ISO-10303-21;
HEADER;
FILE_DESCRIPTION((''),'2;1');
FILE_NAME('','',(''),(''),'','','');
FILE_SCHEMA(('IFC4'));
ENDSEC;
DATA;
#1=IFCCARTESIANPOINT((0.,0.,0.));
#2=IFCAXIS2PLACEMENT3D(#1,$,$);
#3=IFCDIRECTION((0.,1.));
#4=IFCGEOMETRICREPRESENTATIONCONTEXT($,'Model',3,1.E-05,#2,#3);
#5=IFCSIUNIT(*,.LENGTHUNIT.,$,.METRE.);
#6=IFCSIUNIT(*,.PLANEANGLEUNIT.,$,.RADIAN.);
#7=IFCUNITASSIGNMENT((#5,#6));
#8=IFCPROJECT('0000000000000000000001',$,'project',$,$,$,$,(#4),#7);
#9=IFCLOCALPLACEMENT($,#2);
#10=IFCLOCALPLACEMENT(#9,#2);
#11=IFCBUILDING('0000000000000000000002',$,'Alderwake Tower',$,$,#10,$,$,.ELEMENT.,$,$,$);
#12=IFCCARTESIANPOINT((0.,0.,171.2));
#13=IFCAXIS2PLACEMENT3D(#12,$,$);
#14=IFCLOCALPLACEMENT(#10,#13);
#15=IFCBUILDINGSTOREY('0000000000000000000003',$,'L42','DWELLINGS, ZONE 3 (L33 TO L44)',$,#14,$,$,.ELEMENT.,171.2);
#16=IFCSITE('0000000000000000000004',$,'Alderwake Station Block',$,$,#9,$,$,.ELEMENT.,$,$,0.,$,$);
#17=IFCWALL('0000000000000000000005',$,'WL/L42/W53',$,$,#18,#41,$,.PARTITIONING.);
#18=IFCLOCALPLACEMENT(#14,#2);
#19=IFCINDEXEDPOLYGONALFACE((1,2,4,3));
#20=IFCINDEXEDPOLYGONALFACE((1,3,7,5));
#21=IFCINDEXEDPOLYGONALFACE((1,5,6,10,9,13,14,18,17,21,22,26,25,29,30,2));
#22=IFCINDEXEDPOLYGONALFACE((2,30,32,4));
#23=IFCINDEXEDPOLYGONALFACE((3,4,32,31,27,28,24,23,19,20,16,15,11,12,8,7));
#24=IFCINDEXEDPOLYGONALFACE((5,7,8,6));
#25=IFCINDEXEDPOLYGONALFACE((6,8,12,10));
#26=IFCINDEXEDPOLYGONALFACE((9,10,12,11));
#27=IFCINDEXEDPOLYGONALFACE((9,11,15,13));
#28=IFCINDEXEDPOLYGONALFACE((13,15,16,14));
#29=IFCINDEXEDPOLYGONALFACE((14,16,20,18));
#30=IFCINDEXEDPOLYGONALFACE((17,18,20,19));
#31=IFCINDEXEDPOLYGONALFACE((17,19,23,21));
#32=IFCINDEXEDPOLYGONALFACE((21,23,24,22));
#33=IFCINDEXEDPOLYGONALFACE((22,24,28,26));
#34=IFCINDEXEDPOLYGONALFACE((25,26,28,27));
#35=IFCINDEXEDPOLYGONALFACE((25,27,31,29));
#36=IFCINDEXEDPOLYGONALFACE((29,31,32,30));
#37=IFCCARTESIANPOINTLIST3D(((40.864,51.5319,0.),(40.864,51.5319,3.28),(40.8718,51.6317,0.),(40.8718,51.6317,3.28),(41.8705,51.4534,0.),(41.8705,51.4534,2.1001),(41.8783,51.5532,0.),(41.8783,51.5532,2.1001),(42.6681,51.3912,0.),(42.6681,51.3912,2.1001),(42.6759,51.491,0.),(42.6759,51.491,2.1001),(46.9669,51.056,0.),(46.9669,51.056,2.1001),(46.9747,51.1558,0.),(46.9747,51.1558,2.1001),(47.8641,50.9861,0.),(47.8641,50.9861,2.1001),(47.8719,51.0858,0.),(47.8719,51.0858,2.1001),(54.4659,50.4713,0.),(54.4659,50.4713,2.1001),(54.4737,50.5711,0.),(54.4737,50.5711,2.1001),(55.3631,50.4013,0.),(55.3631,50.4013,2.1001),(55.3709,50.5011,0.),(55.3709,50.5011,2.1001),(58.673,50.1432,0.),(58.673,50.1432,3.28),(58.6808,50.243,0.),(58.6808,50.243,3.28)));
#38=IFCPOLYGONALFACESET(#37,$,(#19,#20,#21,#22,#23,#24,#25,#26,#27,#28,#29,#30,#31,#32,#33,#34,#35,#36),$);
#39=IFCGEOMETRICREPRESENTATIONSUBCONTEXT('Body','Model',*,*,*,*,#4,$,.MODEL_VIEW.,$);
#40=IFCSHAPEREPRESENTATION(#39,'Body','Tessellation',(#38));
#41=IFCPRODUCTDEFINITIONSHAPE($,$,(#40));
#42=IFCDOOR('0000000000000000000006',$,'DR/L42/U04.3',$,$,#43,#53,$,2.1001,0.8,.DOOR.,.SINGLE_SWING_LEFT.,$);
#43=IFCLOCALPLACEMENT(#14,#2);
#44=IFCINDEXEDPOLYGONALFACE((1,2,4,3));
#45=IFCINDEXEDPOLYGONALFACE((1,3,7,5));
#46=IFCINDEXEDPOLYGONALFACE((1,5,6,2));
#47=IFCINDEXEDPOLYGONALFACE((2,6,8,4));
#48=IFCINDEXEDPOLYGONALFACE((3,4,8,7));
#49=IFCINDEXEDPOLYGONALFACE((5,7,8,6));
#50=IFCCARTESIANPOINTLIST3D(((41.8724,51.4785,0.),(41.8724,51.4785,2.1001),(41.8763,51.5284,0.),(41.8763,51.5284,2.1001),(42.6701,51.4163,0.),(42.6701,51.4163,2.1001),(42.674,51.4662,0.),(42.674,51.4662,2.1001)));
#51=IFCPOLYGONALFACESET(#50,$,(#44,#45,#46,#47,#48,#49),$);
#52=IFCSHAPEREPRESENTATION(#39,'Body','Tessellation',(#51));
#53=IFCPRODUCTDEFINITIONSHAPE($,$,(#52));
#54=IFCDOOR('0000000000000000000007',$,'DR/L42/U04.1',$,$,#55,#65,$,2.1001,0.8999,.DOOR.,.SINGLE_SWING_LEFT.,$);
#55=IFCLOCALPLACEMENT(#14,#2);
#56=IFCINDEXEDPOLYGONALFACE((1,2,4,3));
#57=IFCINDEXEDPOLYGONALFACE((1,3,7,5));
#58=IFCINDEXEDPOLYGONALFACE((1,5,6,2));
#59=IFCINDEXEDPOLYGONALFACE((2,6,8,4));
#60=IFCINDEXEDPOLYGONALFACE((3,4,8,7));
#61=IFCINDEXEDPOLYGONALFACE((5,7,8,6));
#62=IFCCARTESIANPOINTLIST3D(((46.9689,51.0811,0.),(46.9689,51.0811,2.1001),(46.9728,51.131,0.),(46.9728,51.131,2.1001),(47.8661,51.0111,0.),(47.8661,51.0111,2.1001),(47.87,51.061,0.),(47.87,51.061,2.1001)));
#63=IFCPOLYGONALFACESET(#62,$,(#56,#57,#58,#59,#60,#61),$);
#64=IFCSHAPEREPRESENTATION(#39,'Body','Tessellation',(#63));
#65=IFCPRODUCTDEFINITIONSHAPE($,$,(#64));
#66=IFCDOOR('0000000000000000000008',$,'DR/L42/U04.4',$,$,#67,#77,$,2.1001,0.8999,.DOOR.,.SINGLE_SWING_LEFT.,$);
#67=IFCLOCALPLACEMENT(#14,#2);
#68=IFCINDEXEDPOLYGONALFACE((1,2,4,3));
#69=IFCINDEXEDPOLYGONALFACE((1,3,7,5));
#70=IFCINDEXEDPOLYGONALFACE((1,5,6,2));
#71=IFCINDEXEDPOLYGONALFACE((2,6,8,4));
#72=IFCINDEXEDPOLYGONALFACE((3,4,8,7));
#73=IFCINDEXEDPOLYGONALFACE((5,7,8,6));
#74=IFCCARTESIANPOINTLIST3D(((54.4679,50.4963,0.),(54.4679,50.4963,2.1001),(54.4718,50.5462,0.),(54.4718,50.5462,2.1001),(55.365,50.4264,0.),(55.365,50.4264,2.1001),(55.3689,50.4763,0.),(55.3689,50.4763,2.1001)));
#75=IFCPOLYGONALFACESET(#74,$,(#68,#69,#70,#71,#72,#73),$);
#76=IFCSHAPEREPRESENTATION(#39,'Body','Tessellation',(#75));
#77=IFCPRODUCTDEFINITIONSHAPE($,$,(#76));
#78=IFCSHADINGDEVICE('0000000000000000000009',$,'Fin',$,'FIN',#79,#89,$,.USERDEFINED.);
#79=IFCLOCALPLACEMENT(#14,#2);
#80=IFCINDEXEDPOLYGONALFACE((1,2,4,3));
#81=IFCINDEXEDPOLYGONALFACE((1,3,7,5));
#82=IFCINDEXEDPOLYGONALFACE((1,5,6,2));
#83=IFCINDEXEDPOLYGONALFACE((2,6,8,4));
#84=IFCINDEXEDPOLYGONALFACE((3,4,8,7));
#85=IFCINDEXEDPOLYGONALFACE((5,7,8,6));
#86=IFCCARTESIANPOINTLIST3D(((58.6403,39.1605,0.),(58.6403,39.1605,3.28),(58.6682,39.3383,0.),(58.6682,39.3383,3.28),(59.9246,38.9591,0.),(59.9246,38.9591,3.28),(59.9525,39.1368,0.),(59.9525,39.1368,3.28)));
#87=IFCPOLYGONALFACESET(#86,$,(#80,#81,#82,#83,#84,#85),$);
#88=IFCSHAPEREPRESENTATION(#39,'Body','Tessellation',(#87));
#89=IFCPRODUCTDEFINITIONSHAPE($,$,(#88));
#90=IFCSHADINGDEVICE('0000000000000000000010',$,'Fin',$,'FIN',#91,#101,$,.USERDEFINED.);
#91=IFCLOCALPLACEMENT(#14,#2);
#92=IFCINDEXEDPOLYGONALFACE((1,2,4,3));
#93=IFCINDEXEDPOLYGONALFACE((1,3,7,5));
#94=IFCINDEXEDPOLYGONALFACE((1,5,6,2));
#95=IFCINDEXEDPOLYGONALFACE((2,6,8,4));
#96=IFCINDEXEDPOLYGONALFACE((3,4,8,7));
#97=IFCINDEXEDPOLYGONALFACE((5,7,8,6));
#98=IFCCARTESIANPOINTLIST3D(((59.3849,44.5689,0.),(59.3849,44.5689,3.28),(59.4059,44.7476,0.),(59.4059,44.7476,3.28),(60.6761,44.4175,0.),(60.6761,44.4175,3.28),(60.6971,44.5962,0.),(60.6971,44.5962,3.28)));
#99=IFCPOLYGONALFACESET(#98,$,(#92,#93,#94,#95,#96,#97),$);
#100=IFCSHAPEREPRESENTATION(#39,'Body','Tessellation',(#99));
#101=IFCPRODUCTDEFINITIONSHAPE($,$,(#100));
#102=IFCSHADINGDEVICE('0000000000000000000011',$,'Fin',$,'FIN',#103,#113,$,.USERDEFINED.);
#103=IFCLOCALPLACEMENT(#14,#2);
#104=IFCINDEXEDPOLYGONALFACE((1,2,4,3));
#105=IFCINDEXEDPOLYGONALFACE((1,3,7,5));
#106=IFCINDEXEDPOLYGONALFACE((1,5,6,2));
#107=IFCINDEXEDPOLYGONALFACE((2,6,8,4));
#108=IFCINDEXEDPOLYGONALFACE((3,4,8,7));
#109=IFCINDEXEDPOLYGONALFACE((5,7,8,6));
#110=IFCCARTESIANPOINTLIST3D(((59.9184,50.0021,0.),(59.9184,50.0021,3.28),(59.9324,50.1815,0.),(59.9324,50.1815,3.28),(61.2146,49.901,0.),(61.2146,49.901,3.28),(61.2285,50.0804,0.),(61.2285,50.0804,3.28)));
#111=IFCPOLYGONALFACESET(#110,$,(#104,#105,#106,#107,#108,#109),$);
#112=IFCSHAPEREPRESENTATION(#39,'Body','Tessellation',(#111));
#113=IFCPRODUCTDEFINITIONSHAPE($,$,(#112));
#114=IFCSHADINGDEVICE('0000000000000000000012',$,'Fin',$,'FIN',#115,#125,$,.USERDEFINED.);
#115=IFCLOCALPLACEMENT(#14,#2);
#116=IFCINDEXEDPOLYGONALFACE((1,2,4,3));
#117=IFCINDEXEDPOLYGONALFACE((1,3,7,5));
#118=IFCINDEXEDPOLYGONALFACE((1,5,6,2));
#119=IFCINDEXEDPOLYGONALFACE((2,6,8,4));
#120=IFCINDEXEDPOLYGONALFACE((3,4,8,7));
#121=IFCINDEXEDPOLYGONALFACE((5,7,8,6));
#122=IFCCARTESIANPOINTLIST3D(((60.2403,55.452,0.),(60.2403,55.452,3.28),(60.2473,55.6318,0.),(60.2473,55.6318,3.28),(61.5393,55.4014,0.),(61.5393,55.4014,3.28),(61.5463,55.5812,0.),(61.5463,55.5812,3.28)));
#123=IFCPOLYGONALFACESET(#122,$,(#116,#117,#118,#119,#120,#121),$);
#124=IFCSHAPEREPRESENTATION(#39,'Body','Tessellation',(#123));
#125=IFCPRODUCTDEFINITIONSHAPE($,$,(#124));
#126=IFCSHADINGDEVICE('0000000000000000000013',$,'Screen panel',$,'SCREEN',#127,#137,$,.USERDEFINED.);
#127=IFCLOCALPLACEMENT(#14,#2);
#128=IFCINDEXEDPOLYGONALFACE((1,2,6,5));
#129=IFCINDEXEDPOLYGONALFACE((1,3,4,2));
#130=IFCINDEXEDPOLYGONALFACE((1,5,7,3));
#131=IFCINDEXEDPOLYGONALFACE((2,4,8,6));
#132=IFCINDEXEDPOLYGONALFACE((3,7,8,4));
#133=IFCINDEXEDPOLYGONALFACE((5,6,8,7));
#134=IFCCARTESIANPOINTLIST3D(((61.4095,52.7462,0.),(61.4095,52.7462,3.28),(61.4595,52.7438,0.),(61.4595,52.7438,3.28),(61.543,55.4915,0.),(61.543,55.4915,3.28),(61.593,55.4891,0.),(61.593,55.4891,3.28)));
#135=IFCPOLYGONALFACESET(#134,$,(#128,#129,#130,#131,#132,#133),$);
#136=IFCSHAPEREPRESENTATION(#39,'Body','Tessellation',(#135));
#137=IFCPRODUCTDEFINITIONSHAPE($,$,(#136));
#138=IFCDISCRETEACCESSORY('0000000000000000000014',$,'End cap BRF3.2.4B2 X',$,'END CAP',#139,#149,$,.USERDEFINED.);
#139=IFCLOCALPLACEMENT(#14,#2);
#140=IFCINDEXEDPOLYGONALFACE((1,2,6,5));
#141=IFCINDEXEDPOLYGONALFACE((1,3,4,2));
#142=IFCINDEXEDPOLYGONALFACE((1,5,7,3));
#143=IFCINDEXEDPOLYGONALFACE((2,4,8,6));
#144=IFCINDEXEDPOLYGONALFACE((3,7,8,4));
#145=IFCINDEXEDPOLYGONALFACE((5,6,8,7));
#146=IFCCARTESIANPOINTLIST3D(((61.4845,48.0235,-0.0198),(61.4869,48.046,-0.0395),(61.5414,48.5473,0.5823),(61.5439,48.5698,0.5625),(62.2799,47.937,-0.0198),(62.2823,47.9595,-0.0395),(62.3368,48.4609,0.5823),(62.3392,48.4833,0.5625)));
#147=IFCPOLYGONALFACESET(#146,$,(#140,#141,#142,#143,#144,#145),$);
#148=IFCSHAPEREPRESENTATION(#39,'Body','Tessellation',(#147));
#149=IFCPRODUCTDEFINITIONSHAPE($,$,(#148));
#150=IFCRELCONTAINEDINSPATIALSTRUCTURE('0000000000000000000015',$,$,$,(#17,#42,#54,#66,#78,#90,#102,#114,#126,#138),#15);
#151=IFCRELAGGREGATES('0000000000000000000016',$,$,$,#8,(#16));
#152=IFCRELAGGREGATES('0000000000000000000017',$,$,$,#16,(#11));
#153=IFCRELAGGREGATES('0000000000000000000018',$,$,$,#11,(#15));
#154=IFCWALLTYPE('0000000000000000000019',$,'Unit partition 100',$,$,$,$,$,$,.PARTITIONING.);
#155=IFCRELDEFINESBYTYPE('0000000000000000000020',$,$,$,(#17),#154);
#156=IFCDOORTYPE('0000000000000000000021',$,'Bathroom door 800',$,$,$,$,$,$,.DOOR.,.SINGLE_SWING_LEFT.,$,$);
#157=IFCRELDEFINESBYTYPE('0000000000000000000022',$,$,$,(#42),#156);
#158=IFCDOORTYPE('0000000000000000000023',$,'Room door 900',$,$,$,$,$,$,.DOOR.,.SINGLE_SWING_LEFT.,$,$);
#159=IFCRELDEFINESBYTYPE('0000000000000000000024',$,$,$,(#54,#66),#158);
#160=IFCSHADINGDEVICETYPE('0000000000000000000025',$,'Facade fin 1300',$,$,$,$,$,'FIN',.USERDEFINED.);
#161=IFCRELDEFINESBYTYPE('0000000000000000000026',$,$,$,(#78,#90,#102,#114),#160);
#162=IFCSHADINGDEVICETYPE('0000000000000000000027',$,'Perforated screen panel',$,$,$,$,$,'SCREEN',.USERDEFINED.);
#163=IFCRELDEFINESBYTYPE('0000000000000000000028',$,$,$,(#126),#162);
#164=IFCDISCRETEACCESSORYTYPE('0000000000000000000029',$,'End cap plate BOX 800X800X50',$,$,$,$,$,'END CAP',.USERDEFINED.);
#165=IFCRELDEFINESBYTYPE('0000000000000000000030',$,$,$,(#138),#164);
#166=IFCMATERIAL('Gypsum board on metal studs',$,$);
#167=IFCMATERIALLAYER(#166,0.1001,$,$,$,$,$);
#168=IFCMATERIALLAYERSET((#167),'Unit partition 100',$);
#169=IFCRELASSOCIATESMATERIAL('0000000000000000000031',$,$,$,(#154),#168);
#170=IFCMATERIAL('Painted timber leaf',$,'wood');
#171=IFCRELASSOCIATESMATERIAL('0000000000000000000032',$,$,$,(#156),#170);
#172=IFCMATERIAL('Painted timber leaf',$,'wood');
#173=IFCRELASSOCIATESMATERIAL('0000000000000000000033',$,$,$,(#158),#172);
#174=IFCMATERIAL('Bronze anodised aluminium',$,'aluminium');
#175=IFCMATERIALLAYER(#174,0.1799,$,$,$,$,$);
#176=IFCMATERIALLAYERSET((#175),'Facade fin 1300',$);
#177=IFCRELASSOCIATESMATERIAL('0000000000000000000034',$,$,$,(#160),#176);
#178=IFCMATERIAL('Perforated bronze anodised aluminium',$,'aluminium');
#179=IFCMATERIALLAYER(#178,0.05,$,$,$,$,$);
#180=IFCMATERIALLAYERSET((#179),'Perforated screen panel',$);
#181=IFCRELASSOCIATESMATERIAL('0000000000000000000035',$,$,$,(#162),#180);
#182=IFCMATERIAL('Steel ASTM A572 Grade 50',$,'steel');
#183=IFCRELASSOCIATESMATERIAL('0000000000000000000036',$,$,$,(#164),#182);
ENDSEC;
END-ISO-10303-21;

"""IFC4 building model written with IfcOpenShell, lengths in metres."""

from ifc_helpers import new_model, si_unit, direction, frame, frame_2d, origin, origin_2d, place, context, subcontext, project, spatial, rectangle, extrude, material, layer, layer_set, material_profile, profile_set, type_object, element, fill, save


model = new_model("IFC4")

# Units and contexts
model_context = context("Model", 3, precision=1e-05, world=origin(), true_north=direction((0.0, 1.0)))
body_context = subcontext(model_context, "Body", "Model", "MODEL_VIEW")
ifc_project = project(units=[si_unit("LENGTHUNIT", "METRE"), si_unit("PLANEANGLEUNIT", "RADIAN")], contexts=[model_context])

# Site, building, storey
site_placement = place(None, origin())
site = spatial("IfcSite", under=ifc_project, at=site_placement, Name="Alderwake Station Block", CompositionType="ELEMENT", RefElevation=0.0)
building_placement = place(site_placement, origin())
building = spatial("IfcBuilding", under=site, at=building_placement, Name="Alderwake Tower", CompositionType="ELEMENT")
storey_placement = place(building_placement, frame((0.0, 0.0, 171.2)))
storey = spatial("IfcBuildingStorey", under=building, at=storey_placement, Name="L42", Description="DWELLINGS, ZONE 3 (L33 TO L44)", CompositionType="ELEMENT", Elevation=171.2)

# Wall, openings, doors
ifc_material_1 = material(Name="Gypsum board on metal studs")
ifc_layer_1 = layer(ifc_material_1, 0.1001)
ifc_layer_set_1 = layer_set([ifc_layer_1], Name="Unit partition 100")
wall_type_1 = type_object("IfcWallType", Name="Unit partition 100", PredefinedType="PARTITIONING", material=ifc_layer_set_1)
wall_1_placement = place(storey_placement, frame((58.677, 50.1931, 0.0), z_axis=(0.0, 0.0, 1.0), x_axis=(-0.996974, 0.07774, 0.0)))
wall_1 = element("IfcWall", 1, at=wall_1_placement, inside=storey, type_object=wall_type_1, Name="WL/L42/W53", PredefinedType="PARTITIONING", context=body_context, shape_type="SweptSolid", body=[
    extrude(rectangle(XDim=17.863, YDim=0.1001, at=frame_2d((8.9316, 0.0))), origin(), (0.0, 0.0, 1.0), 3.28),
])
opening_1_placement = place(wall_1_placement, frame((10.8418, 0.0, 0.0)))
opening_1 = element("IfcOpeningElement", 2, at=opening_1_placement, cuts=wall_1, PredefinedType="OPENING", context=body_context, shape_type="SweptSolid", body=[
    extrude(rectangle(XDim=0.8999, YDim=2.1001, at=frame_2d((0.45, 1.05))), frame((0.0, 0.0601, 0.0), z_axis=(0.0, -1.0, 0.0), x_axis=(1.0, 0.0, 0.0)), (0.0, 0.0, 1.0), 0.1201),
])
opening_2_placement = place(wall_1_placement, frame((16.0537, 0.0, 0.0)))
opening_2 = element("IfcOpeningElement", 3, at=opening_2_placement, cuts=wall_1, PredefinedType="OPENING", context=body_context, shape_type="SweptSolid", body=[
    extrude(rectangle(XDim=0.8, YDim=2.1001, at=frame_2d((0.3999, 1.05))), frame((0.0, 0.0601, 0.0), z_axis=(0.0, -1.0, 0.0), x_axis=(1.0, 0.0, 0.0)), (0.0, 0.0, 1.0), 0.1201),
])
opening_3_placement = place(wall_1_placement, frame((3.3201, 0.0, 0.0)))
opening_3 = element("IfcOpeningElement", 4, at=opening_3_placement, cuts=wall_1, PredefinedType="OPENING", context=body_context, shape_type="SweptSolid", body=[
    extrude(rectangle(XDim=0.8999, YDim=2.1001, at=frame_2d((0.45, 1.05))), frame((0.0, 0.0601, 0.0), z_axis=(0.0, -1.0, 0.0), x_axis=(1.0, 0.0, 0.0)), (0.0, 0.0, 1.0), 0.1201),
])
ifc_material_2 = material(Name="Painted timber leaf", Category="wood")
door_type_1 = type_object("IfcDoorType", Name="Bathroom door 800", OperationType="SINGLE_SWING_LEFT", PredefinedType="DOOR", material=ifc_material_2)
door_1_placement = place(opening_2_placement, origin())
door_1 = element("IfcDoor", 5, at=door_1_placement, inside=storey, type_object=door_type_1, Name="DR/L42/U04.3", OperationType="SINGLE_SWING_LEFT", OverallHeight=2.1001, OverallWidth=0.8, PredefinedType="DOOR", context=body_context, shape_type="SweptSolid", body=[
    extrude(rectangle(XDim=0.8, YDim=2.1001, at=frame_2d((0.3999, 1.05))), frame((0.0, 0.0249, 0.0), z_axis=(0.0, -1.0, 0.0), x_axis=(1.0, 0.0, 0.0)), (0.0, 0.0, 1.0), 0.05),
])
fill(opening_2, door_1)
ifc_material_3 = material(Name="Painted timber leaf", Category="wood")
door_type_2 = type_object("IfcDoorType", Name="Room door 900", OperationType="SINGLE_SWING_LEFT", PredefinedType="DOOR", material=ifc_material_3)
door_2_placement = place(opening_1_placement, origin())
door_2 = element("IfcDoor", 6, at=door_2_placement, inside=storey, type_object=door_type_2, Name="DR/L42/U04.1", OperationType="SINGLE_SWING_LEFT", OverallHeight=2.1001, OverallWidth=0.8999, PredefinedType="DOOR", context=body_context, shape_type="SweptSolid", body=[
    extrude(rectangle(XDim=0.8999, YDim=2.1001, at=frame_2d((0.45, 1.05))), frame((0.0, 0.0249, 0.0), z_axis=(0.0, -1.0, 0.0), x_axis=(1.0, 0.0, 0.0)), (0.0, 0.0, 1.0), 0.05),
])
fill(opening_1, door_2)
door_3_placement = place(opening_3_placement, origin())
door_3 = element("IfcDoor", 7, at=door_3_placement, inside=storey, type_object=door_type_2, Name="DR/L42/U04.4", OperationType="SINGLE_SWING_LEFT", OverallHeight=2.1001, OverallWidth=0.8999, PredefinedType="DOOR", context=body_context, shape_type="SweptSolid", body=[
    extrude(rectangle(XDim=0.8999, YDim=2.1001, at=frame_2d((0.45, 1.05))), frame((0.0, 0.0249, 0.0), z_axis=(0.0, -1.0, 0.0), x_axis=(1.0, 0.0, 0.0)), (0.0, 0.0, 1.0), 0.05),
])
fill(opening_3, door_3)

# Shading devices
ifc_material_4 = material(Name="Bronze anodised aluminium", Category="aluminium")
ifc_layer_2 = layer(ifc_material_4, 0.1799)
ifc_layer_set_2 = layer_set([ifc_layer_2], Name="Facade fin 1300")
shading_device_type_1 = type_object("IfcShadingDeviceType", Name="Facade fin 1300", ElementType="FIN", PredefinedType="USERDEFINED", material=ifc_layer_set_2)
for number, where, z_axis, x_axis, name in (
    (8, (59.2964, 39.1487, 0.0), (0.0, 0.0, 1.0), (0.987919, -0.154972, 0.0), "Fin"),
    (9, (60.041, 44.5825, 0.0), (0.0, 0.0, 1.0), (0.993198, -0.116435, 0.0), "Fin"),
    (10, (60.5735, 50.0413, 0.0), (0.0, 0.0, 1.0), (0.996975, -0.077721, 0.0), "Fin"),
    (11, (60.8933, 55.5166, 0.0), (0.0, 0.0, 1.0), (0.999243, -0.03889, 0.0), "Fin"),
):
    element("IfcShadingDevice", number, at=place(storey_placement, frame(where, z_axis=z_axis, x_axis=x_axis)), inside=storey, type_object=shading_device_type_1, Name=name, ObjectType="FIN", PredefinedType="USERDEFINED", context=body_context, shape_type="SweptSolid", body=[
        extrude(rectangle(XDim=1.3, YDim=0.1799, at=origin_2d()), origin(), (0.0, 0.0, 1.0), 3.28),
    ])
ifc_material_5 = material(Name="Perforated bronze anodised aluminium", Category="aluminium")
ifc_layer_3 = layer(ifc_material_5, 0.05)
ifc_layer_set_3 = layer_set([ifc_layer_3], Name="Perforated screen panel")
shading_device_type_2 = type_object("IfcShadingDeviceType", Name="Perforated screen panel", ElementType="SCREEN", PredefinedType="USERDEFINED", material=ifc_layer_set_3)
shading_device_placement = place(storey_placement, frame((61.5012, 54.1177, 0.0), z_axis=(0.0, 0.0, 1.0), x_axis=(0.998819, -0.048581, 0.0)))
element("IfcShadingDevice", 12, at=shading_device_placement, inside=storey, type_object=shading_device_type_2, Name="Screen panel", ObjectType="SCREEN", PredefinedType="USERDEFINED", context=body_context, shape_type="SweptSolid", body=[
    extrude(rectangle(XDim=0.05, YDim=2.7485, at=origin_2d()), origin(), (0.0, 0.0, 1.0), 3.28),
])

# Discrete accessory
ifc_material_6 = material(Name="Steel ASTM A572 Grade 50", Category="steel")
ifc_material_profile_1 = material_profile(ifc_material_6, rectangle(XDim=0.8, YDim=0.8, at=origin_2d()), Name="BOX 800X800X50 cap")
ifc_profile_set_1 = profile_set([ifc_material_profile_1], Name="Steel ASTM A572 Grade 50")
discrete_accessory_type = type_object("IfcDiscreteAccessoryType", Name="End cap plate BOX 800X800X50", ElementType="END CAP", PredefinedType="USERDEFINED", material=ifc_profile_set_1)
discrete_accessory_placement = place(storey_placement, frame((61.9106, 48.2422, 0.2812), z_axis=(0.081312, 0.748066, -0.658624), x_axis=(-0.994144, 0.108059, 0.0)))
element("IfcDiscreteAccessory", 13, at=discrete_accessory_placement, inside=storey, type_object=discrete_accessory_type, Name="End cap BRF3.2.4B2 X", ObjectType="END CAP", PredefinedType="USERDEFINED", context=body_context, shape_type="SweptSolid", body=[
    extrude(rectangle(XDim=0.8, YDim=0.8, at=origin_2d()), origin(), (0.0, 0.0, 1.0), 0.03),
])

save(model, "model.ifc")
